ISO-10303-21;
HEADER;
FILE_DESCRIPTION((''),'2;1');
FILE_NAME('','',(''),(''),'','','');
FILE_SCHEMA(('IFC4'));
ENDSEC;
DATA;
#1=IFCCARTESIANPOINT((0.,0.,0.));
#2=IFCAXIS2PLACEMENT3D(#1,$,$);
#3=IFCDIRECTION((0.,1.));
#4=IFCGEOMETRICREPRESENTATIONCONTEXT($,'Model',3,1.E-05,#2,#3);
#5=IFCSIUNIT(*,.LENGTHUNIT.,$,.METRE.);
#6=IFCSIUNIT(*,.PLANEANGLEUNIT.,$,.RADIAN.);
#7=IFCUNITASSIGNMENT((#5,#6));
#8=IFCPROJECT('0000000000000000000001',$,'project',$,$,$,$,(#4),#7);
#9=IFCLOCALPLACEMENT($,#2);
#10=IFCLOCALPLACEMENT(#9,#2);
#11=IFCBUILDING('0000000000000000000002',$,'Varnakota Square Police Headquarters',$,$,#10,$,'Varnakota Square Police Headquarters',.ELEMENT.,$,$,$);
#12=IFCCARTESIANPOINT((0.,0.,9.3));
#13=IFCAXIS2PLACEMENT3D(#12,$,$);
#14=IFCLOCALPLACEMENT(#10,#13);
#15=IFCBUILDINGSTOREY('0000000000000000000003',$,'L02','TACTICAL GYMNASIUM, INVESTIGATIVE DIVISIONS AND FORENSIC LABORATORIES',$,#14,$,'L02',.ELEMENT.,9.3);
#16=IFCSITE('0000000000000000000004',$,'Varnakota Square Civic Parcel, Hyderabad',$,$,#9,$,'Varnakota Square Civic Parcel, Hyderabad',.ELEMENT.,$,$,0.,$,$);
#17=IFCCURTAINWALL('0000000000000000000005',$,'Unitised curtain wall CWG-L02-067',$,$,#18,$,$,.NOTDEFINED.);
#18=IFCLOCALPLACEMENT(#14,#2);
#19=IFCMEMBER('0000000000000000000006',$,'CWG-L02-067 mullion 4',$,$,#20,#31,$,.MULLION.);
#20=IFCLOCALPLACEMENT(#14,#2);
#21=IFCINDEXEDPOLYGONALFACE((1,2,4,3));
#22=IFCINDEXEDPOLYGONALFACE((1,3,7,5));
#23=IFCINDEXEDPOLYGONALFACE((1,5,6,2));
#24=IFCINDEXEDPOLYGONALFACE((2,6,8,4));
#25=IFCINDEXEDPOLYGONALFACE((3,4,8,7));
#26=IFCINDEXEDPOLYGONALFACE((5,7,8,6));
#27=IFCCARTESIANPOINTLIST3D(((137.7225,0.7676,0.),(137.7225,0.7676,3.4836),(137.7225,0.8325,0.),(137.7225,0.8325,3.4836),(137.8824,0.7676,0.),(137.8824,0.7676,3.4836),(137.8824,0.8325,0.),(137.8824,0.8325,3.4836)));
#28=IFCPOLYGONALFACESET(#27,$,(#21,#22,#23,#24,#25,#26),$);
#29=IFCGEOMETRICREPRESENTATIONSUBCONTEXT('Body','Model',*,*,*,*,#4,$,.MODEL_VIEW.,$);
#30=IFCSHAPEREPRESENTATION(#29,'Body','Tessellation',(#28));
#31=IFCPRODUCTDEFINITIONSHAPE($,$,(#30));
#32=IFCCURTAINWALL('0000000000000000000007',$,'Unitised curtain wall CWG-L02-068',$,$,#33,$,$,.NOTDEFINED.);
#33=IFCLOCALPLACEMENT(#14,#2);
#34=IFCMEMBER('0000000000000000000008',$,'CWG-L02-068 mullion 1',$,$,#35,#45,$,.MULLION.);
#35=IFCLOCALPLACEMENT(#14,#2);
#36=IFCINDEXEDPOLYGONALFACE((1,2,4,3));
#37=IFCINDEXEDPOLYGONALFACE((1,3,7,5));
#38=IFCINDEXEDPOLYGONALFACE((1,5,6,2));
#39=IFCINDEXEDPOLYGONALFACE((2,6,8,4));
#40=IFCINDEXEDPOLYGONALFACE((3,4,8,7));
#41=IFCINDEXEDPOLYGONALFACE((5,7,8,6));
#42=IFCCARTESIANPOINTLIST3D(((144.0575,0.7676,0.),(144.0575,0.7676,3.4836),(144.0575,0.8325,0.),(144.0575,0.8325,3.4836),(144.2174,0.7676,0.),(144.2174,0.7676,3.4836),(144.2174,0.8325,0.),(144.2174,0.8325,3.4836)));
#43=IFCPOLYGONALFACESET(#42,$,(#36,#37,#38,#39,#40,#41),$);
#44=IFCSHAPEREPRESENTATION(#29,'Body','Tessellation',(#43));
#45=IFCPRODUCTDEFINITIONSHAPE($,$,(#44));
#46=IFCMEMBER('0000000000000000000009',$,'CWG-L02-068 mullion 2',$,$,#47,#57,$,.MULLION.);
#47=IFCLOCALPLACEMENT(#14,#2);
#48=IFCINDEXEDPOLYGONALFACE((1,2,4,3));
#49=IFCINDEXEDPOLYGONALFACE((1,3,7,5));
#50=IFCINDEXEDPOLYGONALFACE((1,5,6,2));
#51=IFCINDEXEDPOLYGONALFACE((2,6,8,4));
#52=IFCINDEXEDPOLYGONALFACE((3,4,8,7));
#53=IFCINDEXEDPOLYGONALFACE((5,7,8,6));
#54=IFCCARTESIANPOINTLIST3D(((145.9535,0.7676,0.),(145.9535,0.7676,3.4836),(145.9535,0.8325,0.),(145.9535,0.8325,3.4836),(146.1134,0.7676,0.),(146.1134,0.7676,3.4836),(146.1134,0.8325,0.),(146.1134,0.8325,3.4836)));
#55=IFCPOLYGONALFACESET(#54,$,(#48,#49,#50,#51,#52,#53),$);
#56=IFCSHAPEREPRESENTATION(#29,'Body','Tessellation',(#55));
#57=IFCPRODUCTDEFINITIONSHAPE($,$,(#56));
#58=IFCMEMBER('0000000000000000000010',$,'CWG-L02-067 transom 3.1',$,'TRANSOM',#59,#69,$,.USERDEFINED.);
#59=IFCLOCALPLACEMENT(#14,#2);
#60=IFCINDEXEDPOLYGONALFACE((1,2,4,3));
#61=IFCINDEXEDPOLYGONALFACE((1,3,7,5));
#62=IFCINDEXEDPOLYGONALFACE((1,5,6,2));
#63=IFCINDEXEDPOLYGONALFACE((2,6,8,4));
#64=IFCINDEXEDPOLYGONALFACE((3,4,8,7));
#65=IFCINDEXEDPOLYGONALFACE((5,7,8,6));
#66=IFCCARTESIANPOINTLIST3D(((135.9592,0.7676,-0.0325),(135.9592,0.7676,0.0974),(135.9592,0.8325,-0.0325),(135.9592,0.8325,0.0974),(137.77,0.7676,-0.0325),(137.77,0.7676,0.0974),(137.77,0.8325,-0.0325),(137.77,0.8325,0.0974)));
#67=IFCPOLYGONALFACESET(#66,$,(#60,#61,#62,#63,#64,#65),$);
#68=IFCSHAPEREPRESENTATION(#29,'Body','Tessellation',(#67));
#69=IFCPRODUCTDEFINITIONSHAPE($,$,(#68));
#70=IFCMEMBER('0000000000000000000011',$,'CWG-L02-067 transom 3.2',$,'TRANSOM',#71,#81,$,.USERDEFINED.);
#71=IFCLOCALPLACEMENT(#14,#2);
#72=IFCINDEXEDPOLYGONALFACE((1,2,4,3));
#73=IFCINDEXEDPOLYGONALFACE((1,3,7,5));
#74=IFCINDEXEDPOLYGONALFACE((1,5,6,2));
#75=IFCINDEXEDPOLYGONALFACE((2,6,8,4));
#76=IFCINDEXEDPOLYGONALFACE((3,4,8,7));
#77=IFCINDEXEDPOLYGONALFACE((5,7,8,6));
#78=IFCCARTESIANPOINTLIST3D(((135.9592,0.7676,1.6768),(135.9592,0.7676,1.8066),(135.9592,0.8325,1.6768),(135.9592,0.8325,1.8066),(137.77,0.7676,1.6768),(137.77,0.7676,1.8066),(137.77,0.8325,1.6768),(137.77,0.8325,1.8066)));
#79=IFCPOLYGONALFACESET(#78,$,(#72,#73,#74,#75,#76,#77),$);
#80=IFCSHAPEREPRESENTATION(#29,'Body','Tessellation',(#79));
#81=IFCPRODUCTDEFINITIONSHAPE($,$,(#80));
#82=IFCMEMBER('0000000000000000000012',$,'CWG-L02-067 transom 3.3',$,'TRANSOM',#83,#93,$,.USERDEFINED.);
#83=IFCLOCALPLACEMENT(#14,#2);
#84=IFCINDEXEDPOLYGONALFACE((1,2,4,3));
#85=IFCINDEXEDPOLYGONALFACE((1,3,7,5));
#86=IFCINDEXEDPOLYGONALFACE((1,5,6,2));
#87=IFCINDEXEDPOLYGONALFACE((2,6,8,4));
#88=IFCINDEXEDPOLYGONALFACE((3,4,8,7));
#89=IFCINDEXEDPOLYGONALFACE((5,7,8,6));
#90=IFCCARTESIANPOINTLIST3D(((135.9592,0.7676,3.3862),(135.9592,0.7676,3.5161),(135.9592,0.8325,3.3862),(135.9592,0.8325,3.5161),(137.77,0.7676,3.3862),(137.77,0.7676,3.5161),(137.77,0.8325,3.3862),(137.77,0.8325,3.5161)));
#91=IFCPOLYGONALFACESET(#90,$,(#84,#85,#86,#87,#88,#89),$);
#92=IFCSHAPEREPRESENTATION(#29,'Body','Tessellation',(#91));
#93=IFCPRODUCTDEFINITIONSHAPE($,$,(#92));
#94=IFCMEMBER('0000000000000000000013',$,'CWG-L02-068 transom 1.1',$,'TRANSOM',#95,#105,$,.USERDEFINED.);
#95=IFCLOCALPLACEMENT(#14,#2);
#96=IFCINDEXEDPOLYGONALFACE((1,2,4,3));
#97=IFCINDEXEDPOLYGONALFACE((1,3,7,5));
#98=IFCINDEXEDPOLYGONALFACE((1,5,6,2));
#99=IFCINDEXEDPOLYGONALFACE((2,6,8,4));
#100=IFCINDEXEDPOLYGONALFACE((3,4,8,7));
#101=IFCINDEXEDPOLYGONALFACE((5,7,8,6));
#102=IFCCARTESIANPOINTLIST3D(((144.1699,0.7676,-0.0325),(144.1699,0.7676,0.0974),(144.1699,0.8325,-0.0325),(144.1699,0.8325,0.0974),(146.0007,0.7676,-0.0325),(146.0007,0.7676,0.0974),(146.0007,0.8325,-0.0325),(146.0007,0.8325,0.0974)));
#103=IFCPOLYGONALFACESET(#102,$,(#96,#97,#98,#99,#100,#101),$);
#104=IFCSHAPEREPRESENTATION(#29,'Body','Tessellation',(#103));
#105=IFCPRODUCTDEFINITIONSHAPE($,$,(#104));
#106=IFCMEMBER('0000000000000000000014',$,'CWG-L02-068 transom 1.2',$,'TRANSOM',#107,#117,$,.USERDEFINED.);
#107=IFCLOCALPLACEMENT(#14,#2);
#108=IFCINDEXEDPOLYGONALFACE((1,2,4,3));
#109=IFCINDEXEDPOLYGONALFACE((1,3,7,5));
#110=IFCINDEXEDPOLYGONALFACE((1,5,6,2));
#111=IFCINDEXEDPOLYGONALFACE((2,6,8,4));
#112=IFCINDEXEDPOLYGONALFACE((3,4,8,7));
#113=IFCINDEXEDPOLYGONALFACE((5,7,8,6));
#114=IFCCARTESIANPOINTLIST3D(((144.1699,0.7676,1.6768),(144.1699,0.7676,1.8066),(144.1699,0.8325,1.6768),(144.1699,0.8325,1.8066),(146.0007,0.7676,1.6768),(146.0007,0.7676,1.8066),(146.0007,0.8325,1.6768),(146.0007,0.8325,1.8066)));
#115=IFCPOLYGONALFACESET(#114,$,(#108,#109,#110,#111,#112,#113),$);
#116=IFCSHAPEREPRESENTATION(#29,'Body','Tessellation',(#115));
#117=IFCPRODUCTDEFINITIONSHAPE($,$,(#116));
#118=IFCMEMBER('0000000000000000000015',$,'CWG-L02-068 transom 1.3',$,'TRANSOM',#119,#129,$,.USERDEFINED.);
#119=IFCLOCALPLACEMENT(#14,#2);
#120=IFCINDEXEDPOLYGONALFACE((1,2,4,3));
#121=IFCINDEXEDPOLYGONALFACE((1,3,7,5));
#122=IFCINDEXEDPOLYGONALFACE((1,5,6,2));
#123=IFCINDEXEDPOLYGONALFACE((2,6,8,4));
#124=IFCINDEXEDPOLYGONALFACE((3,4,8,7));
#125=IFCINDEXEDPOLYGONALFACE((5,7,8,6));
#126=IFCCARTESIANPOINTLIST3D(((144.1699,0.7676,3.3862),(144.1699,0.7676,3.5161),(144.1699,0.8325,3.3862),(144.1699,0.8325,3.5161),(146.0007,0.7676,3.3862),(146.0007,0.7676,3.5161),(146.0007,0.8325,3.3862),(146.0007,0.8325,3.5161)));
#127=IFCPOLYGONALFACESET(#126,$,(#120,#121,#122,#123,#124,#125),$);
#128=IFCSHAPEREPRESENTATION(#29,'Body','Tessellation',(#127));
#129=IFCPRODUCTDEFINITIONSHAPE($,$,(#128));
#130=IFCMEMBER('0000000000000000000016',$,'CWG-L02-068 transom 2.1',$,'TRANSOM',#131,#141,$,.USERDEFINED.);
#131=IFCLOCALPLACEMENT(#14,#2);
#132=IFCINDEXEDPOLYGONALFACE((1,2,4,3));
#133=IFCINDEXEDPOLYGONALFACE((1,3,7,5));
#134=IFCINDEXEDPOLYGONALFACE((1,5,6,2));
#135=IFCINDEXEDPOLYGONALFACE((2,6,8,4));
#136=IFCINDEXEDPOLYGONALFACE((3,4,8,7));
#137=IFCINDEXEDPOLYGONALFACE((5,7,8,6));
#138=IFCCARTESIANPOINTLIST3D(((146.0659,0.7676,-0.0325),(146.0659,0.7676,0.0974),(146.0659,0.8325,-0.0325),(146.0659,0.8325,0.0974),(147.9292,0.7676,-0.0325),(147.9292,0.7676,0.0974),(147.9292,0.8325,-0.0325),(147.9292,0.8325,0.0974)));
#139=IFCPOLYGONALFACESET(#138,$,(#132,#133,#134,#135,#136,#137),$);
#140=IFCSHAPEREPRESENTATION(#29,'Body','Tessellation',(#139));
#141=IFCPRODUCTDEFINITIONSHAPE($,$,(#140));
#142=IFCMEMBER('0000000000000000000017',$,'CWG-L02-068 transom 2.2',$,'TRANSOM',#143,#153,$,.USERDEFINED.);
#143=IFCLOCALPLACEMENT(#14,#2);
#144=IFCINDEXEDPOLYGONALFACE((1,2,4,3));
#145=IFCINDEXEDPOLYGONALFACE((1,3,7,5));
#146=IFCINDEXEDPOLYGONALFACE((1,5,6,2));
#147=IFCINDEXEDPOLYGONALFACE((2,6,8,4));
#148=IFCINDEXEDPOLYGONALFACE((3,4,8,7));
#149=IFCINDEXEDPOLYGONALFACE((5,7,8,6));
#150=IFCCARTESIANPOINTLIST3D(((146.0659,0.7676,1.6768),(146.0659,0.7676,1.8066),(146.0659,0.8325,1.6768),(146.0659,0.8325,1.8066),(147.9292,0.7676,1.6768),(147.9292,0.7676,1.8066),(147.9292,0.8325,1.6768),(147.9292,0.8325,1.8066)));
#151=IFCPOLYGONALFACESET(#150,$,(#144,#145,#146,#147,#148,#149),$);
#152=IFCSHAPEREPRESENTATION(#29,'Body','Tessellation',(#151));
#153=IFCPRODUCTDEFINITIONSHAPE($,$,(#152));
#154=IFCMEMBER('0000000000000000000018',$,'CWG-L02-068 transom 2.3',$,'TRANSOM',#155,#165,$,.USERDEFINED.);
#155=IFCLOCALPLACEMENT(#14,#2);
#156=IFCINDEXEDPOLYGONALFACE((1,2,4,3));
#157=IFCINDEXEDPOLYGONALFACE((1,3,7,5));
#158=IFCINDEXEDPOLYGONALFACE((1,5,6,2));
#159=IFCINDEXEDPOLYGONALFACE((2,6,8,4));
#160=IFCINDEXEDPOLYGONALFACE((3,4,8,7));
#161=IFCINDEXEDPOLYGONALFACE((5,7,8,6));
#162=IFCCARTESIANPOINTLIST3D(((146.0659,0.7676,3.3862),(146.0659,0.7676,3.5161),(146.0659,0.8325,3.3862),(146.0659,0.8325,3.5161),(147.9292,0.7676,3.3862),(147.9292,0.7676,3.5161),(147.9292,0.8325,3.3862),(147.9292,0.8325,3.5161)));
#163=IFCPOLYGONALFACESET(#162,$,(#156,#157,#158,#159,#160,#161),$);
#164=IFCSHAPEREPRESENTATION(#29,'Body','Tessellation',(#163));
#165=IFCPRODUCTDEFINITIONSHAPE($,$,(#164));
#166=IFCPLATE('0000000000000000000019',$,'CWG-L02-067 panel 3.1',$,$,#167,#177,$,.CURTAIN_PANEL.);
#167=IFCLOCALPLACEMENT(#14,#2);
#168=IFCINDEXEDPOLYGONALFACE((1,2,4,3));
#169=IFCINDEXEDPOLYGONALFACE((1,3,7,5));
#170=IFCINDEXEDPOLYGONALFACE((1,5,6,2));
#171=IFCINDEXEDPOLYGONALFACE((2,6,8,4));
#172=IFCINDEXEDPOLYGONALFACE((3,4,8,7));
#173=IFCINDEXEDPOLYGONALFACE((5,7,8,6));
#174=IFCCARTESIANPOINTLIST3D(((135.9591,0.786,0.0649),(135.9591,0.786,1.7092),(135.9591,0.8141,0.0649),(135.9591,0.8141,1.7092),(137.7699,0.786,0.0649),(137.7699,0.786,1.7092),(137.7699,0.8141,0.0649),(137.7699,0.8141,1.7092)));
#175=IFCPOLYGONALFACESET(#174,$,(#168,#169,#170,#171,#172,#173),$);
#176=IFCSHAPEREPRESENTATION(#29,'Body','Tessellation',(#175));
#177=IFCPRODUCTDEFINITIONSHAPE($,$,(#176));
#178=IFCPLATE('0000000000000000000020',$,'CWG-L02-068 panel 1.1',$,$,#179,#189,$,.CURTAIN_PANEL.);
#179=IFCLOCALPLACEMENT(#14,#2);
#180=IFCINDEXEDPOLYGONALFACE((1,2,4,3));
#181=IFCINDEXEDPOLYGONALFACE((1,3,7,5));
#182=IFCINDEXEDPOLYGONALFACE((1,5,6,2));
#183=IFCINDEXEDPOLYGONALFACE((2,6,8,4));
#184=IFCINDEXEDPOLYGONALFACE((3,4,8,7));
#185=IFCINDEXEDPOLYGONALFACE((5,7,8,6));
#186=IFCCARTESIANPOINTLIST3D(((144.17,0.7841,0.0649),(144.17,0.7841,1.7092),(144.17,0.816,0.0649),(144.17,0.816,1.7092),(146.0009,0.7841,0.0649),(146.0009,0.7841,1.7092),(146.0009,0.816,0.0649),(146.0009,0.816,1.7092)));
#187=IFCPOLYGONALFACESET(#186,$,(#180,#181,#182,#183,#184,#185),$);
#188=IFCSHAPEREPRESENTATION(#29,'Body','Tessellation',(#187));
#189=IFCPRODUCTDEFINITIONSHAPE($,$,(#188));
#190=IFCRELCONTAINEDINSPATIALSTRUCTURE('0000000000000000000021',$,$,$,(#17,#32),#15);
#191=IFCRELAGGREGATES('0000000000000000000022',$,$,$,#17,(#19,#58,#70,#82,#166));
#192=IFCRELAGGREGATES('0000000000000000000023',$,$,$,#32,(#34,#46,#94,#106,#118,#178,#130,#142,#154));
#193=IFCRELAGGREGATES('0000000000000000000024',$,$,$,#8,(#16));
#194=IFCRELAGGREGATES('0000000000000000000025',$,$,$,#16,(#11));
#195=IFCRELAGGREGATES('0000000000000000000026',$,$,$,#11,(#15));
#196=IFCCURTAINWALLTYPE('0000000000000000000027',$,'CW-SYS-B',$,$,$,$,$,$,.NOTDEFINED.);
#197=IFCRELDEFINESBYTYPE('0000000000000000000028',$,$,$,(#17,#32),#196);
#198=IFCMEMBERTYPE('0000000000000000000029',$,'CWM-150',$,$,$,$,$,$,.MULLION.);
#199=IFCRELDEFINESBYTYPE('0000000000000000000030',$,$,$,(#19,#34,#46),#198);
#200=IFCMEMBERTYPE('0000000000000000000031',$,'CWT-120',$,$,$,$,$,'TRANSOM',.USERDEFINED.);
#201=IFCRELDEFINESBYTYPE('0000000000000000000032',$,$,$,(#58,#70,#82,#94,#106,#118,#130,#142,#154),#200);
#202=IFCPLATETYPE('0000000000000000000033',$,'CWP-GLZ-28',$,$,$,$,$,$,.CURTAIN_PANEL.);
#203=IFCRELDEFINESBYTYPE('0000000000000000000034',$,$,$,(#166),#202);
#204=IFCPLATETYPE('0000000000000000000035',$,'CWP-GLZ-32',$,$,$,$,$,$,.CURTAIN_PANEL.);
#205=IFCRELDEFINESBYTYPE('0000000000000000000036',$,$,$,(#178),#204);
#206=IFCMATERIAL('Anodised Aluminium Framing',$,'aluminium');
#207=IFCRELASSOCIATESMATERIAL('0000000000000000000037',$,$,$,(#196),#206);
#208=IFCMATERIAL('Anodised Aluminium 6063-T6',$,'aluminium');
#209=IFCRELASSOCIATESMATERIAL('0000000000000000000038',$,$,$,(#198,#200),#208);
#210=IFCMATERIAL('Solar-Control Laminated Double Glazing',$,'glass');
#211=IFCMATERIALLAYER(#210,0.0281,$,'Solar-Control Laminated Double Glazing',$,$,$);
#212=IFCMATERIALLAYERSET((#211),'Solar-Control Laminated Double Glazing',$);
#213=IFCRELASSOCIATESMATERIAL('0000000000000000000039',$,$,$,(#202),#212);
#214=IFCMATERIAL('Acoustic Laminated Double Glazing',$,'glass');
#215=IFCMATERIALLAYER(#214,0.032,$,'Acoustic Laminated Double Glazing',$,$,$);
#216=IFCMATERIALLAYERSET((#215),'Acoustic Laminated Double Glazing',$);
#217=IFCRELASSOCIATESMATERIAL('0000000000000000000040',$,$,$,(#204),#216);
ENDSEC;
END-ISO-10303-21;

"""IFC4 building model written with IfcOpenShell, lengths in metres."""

from ifc_helpers import new_model, si_unit, direction, frame, origin, origin_2d, place, context, subcontext, project, spatial, rectangle, extrude, material, layer, layer_set, material_profile, profile_set, type_object, element, aggregate, save


model = new_model("IFC4")

# Units and contexts
model_context = context("Model", 3, precision=1e-05, world=origin(), true_north=direction((0.0, 1.0)))
body_context = subcontext(model_context, "Body", "Model", "MODEL_VIEW")
ifc_project = project(units=[si_unit("LENGTHUNIT", "METRE"), si_unit("PLANEANGLEUNIT", "RADIAN")], contexts=[model_context])

# Site, building, storey
site_placement = place(None, origin())
site = spatial("IfcSite", under=ifc_project, at=site_placement, Name="Varnakota Square Civic Parcel, Hyderabad", LongName="Varnakota Square Civic Parcel, Hyderabad", CompositionType="ELEMENT", RefElevation=0.0)
building_placement = place(site_placement, origin())
building = spatial("IfcBuilding", under=site, at=building_placement, Name="Varnakota Square Police Headquarters", LongName="Varnakota Square Police Headquarters", CompositionType="ELEMENT")
storey_placement = place(building_placement, frame((0.0, 0.0, 9.3)))
storey = spatial("IfcBuildingStorey", under=building, at=storey_placement, Name="L02", Description="TACTICAL GYMNASIUM, INVESTIGATIVE DIVISIONS AND FORENSIC LABORATORIES", LongName="L02", CompositionType="ELEMENT", Elevation=9.3)

# Curtain walls, members
ifc_material_1 = material(Name="Anodised Aluminium Framing", Category="aluminium")
curtain_wall_type = type_object("IfcCurtainWallType", Name="CW-SYS-B", PredefinedType="NOTDEFINED", material=ifc_material_1)
curtain_wall_1_placement = place(storey_placement, origin())
curtain_wall_1 = element("IfcCurtainWall", 1, at=curtain_wall_1_placement, inside=storey, type_object=curtain_wall_type, Name="Unitised curtain wall CWG-L02-067", PredefinedType="NOTDEFINED")
ifc_material_2 = material(Name="Anodised Aluminium 6063-T6", Category="aluminium")
ifc_material_profile_1 = material_profile(ifc_material_2, rectangle(XDim=0.0649, YDim=0.1599, at=origin_2d()), Name="ALU MULLION 65x160")
ifc_profile_set_1 = profile_set([ifc_material_profile_1], Name="Anodised Aluminium 6063-T6")
member_type_1 = type_object("IfcMemberType", Name="CWM-150", PredefinedType="MULLION", material=ifc_profile_set_1)
member_1_placement = place(storey_placement, frame((137.8025, 0.8, 0.0), z_axis=(0.0, 0.0, 1.0), x_axis=(0.0, 1.0, 0.0)))
member_1 = element("IfcMember", 2, at=member_1_placement, type_object=member_type_1, Name="CWG-L02-067 mullion 4", PredefinedType="MULLION", context=body_context, shape_type="SweptSolid", body=[
    extrude(rectangle(XDim=0.0649, YDim=0.1599, at=origin_2d()), origin(), (0.0, 0.0, 1.0), 3.4836),
])
curtain_wall_2_placement = place(storey_placement, origin())
curtain_wall_2 = element("IfcCurtainWall", 3, at=curtain_wall_2_placement, inside=storey, type_object=curtain_wall_type, Name="Unitised curtain wall CWG-L02-068", PredefinedType="NOTDEFINED")
member_2_placement = place(storey_placement, frame((144.1375, 0.8, 0.0), z_axis=(0.0, 0.0, 1.0), x_axis=(0.0, 1.0, 0.0)))
member_2 = element("IfcMember", 4, at=member_2_placement, type_object=member_type_1, Name="CWG-L02-068 mullion 1", PredefinedType="MULLION", context=body_context, shape_type="SweptSolid", body=[
    extrude(rectangle(XDim=0.0649, YDim=0.1599, at=origin_2d()), origin(), (0.0, 0.0, 1.0), 3.4836),
])
member_3_placement = place(storey_placement, frame((146.0334, 0.8, 0.0), z_axis=(0.0, 0.0, 1.0), x_axis=(0.0, 1.0, 0.0)))
member_3 = element("IfcMember", 5, at=member_3_placement, type_object=member_type_1, Name="CWG-L02-068 mullion 2", PredefinedType="MULLION", context=body_context, shape_type="SweptSolid", body=[
    extrude(rectangle(XDim=0.0649, YDim=0.1599, at=origin_2d()), origin(), (0.0, 0.0, 1.0), 3.4836),
])

# Members
ifc_material_profile_2 = material_profile(ifc_material_2, rectangle(XDim=0.0649, YDim=0.1299, at=origin_2d()), Name="ALU TRANSOM 65x130")
ifc_profile_set_2 = profile_set([ifc_material_profile_2], Name="Anodised Aluminium 6063-T6")
member_type_2 = type_object("IfcMemberType", Name="CWT-120", ElementType="TRANSOM", PredefinedType="USERDEFINED", material=ifc_profile_set_2)
member_4_placement = place(storey_placement, frame((135.9592, 0.8, 0.0325), z_axis=(1.0, 0.0, 0.0), x_axis=(0.0, 1.0, 0.0)))
member_4 = element("IfcMember", 6, at=member_4_placement, type_object=member_type_2, Name="CWG-L02-067 transom 3.1", ObjectType="TRANSOM", PredefinedType="USERDEFINED", context=body_context, shape_type="SweptSolid", body=[
    extrude(rectangle(XDim=0.0649, YDim=0.1299, at=origin_2d()), origin(), (0.0, 0.0, 1.0), 1.8108),
])
member_5_placement = place(storey_placement, frame((135.9592, 0.8, 1.7417), z_axis=(1.0, 0.0, 0.0), x_axis=(0.0, 1.0, 0.0)))
member_5 = element("IfcMember", 7, at=member_5_placement, type_object=member_type_2, Name="CWG-L02-067 transom 3.2", ObjectType="TRANSOM", PredefinedType="USERDEFINED", context=body_context, shape_type="SweptSolid", body=[
    extrude(rectangle(XDim=0.0649, YDim=0.1299, at=origin_2d()), origin(), (0.0, 0.0, 1.0), 1.8108),
])
member_6_placement = place(storey_placement, frame((135.9592, 0.8, 3.4512), z_axis=(1.0, 0.0, 0.0), x_axis=(0.0, 1.0, 0.0)))
member_6 = element("IfcMember", 8, at=member_6_placement, type_object=member_type_2, Name="CWG-L02-067 transom 3.3", ObjectType="TRANSOM", PredefinedType="USERDEFINED", context=body_context, shape_type="SweptSolid", body=[
    extrude(rectangle(XDim=0.0649, YDim=0.1299, at=origin_2d()), origin(), (0.0, 0.0, 1.0), 1.8108),
])
member_7_placement = place(storey_placement, frame((144.1699, 0.8, 0.0325), z_axis=(1.0, 0.0, 0.0), x_axis=(0.0, 1.0, 0.0)))
member_7 = element("IfcMember", 9, at=member_7_placement, type_object=member_type_2, Name="CWG-L02-068 transom 1.1", ObjectType="TRANSOM", PredefinedType="USERDEFINED", context=body_context, shape_type="SweptSolid", body=[
    extrude(rectangle(XDim=0.0649, YDim=0.1299, at=origin_2d()), origin(), (0.0, 0.0, 1.0), 1.8308),
])
member_8_placement = place(storey_placement, frame((144.1699, 0.8, 1.7417), z_axis=(1.0, 0.0, 0.0), x_axis=(0.0, 1.0, 0.0)))
member_8 = element("IfcMember", 10, at=member_8_placement, type_object=member_type_2, Name="CWG-L02-068 transom 1.2", ObjectType="TRANSOM", PredefinedType="USERDEFINED", context=body_context, shape_type="SweptSolid", body=[
    extrude(rectangle(XDim=0.0649, YDim=0.1299, at=origin_2d()), origin(), (0.0, 0.0, 1.0), 1.8308),
])
member_9_placement = place(storey_placement, frame((144.1699, 0.8, 3.4512), z_axis=(1.0, 0.0, 0.0), x_axis=(0.0, 1.0, 0.0)))
member_9 = element("IfcMember", 11, at=member_9_placement, type_object=member_type_2, Name="CWG-L02-068 transom 1.3", ObjectType="TRANSOM", PredefinedType="USERDEFINED", context=body_context, shape_type="SweptSolid", body=[
    extrude(rectangle(XDim=0.0649, YDim=0.1299, at=origin_2d()), origin(), (0.0, 0.0, 1.0), 1.8308),
])
member_10_placement = place(storey_placement, frame((146.0659, 0.8, 0.0325), z_axis=(1.0, 0.0, 0.0), x_axis=(0.0, 1.0, 0.0)))
member_10 = element("IfcMember", 12, at=member_10_placement, type_object=member_type_2, Name="CWG-L02-068 transom 2.1", ObjectType="TRANSOM", PredefinedType="USERDEFINED", context=body_context, shape_type="SweptSolid", body=[
    extrude(rectangle(XDim=0.0649, YDim=0.1299, at=origin_2d()), origin(), (0.0, 0.0, 1.0), 1.8633),
])
member_11_placement = place(storey_placement, frame((146.0659, 0.8, 1.7417), z_axis=(1.0, 0.0, 0.0), x_axis=(0.0, 1.0, 0.0)))
member_11 = element("IfcMember", 13, at=member_11_placement, type_object=member_type_2, Name="CWG-L02-068 transom 2.2", ObjectType="TRANSOM", PredefinedType="USERDEFINED", context=body_context, shape_type="SweptSolid", body=[
    extrude(rectangle(XDim=0.0649, YDim=0.1299, at=origin_2d()), origin(), (0.0, 0.0, 1.0), 1.8633),
])
member_12_placement = place(storey_placement, frame((146.0659, 0.8, 3.4512), z_axis=(1.0, 0.0, 0.0), x_axis=(0.0, 1.0, 0.0)))
member_12 = element("IfcMember", 14, at=member_12_placement, type_object=member_type_2, Name="CWG-L02-068 transom 2.3", ObjectType="TRANSOM", PredefinedType="USERDEFINED", context=body_context, shape_type="SweptSolid", body=[
    extrude(rectangle(XDim=0.0649, YDim=0.1299, at=origin_2d()), origin(), (0.0, 0.0, 1.0), 1.8633),
])

# Plates
ifc_material_3 = material(Name="Solar-Control Laminated Double Glazing", Category="glass")
ifc_layer_1 = layer(ifc_material_3, 0.0281, Name="Solar-Control Laminated Double Glazing")
ifc_layer_set_1 = layer_set([ifc_layer_1], Name="Solar-Control Laminated Double Glazing")
plate_type_1 = type_object("IfcPlateType", Name="CWP-GLZ-28", PredefinedType="CURTAIN_PANEL", material=ifc_layer_set_1)
plate_1_placement = place(storey_placement, frame((136.8645, 0.8, 0.0649), z_axis=(0.0, 0.0, 1.0), x_axis=(1.0, 0.0, 0.0)))
plate_1 = element("IfcPlate", 15, at=plate_1_placement, type_object=plate_type_1, Name="CWG-L02-067 panel 3.1", PredefinedType="CURTAIN_PANEL", context=body_context, shape_type="SweptSolid", body=[
    extrude(rectangle(XDim=1.8108, YDim=0.0281, at=origin_2d()), origin(), (0.0, 0.0, 1.0), 1.6443),
])
ifc_material_4 = material(Name="Acoustic Laminated Double Glazing", Category="glass")
ifc_layer_2 = layer(ifc_material_4, 0.032, Name="Acoustic Laminated Double Glazing")
ifc_layer_set_2 = layer_set([ifc_layer_2], Name="Acoustic Laminated Double Glazing")
plate_type_2 = type_object("IfcPlateType", Name="CWP-GLZ-32", PredefinedType="CURTAIN_PANEL", material=ifc_layer_set_2)
plate_2_placement = place(storey_placement, frame((145.0854, 0.8, 0.0649), z_axis=(0.0, 0.0, 1.0), x_axis=(1.0, 0.0, 0.0)))
plate_2 = element("IfcPlate", 16, at=plate_2_placement, type_object=plate_type_2, Name="CWG-L02-068 panel 1.1", PredefinedType="CURTAIN_PANEL", context=body_context, shape_type="SweptSolid", body=[
    extrude(rectangle(XDim=1.8308, YDim=0.032, at=origin_2d()), origin(), (0.0, 0.0, 1.0), 1.6443),
])
aggregate(curtain_wall_1, [member_1, member_4, member_5, member_6, plate_1])
aggregate(curtain_wall_2, [member_2, member_3, member_7, member_8, member_9, plate_2, member_10, member_11, member_12])

save(model, "model.ifc")
